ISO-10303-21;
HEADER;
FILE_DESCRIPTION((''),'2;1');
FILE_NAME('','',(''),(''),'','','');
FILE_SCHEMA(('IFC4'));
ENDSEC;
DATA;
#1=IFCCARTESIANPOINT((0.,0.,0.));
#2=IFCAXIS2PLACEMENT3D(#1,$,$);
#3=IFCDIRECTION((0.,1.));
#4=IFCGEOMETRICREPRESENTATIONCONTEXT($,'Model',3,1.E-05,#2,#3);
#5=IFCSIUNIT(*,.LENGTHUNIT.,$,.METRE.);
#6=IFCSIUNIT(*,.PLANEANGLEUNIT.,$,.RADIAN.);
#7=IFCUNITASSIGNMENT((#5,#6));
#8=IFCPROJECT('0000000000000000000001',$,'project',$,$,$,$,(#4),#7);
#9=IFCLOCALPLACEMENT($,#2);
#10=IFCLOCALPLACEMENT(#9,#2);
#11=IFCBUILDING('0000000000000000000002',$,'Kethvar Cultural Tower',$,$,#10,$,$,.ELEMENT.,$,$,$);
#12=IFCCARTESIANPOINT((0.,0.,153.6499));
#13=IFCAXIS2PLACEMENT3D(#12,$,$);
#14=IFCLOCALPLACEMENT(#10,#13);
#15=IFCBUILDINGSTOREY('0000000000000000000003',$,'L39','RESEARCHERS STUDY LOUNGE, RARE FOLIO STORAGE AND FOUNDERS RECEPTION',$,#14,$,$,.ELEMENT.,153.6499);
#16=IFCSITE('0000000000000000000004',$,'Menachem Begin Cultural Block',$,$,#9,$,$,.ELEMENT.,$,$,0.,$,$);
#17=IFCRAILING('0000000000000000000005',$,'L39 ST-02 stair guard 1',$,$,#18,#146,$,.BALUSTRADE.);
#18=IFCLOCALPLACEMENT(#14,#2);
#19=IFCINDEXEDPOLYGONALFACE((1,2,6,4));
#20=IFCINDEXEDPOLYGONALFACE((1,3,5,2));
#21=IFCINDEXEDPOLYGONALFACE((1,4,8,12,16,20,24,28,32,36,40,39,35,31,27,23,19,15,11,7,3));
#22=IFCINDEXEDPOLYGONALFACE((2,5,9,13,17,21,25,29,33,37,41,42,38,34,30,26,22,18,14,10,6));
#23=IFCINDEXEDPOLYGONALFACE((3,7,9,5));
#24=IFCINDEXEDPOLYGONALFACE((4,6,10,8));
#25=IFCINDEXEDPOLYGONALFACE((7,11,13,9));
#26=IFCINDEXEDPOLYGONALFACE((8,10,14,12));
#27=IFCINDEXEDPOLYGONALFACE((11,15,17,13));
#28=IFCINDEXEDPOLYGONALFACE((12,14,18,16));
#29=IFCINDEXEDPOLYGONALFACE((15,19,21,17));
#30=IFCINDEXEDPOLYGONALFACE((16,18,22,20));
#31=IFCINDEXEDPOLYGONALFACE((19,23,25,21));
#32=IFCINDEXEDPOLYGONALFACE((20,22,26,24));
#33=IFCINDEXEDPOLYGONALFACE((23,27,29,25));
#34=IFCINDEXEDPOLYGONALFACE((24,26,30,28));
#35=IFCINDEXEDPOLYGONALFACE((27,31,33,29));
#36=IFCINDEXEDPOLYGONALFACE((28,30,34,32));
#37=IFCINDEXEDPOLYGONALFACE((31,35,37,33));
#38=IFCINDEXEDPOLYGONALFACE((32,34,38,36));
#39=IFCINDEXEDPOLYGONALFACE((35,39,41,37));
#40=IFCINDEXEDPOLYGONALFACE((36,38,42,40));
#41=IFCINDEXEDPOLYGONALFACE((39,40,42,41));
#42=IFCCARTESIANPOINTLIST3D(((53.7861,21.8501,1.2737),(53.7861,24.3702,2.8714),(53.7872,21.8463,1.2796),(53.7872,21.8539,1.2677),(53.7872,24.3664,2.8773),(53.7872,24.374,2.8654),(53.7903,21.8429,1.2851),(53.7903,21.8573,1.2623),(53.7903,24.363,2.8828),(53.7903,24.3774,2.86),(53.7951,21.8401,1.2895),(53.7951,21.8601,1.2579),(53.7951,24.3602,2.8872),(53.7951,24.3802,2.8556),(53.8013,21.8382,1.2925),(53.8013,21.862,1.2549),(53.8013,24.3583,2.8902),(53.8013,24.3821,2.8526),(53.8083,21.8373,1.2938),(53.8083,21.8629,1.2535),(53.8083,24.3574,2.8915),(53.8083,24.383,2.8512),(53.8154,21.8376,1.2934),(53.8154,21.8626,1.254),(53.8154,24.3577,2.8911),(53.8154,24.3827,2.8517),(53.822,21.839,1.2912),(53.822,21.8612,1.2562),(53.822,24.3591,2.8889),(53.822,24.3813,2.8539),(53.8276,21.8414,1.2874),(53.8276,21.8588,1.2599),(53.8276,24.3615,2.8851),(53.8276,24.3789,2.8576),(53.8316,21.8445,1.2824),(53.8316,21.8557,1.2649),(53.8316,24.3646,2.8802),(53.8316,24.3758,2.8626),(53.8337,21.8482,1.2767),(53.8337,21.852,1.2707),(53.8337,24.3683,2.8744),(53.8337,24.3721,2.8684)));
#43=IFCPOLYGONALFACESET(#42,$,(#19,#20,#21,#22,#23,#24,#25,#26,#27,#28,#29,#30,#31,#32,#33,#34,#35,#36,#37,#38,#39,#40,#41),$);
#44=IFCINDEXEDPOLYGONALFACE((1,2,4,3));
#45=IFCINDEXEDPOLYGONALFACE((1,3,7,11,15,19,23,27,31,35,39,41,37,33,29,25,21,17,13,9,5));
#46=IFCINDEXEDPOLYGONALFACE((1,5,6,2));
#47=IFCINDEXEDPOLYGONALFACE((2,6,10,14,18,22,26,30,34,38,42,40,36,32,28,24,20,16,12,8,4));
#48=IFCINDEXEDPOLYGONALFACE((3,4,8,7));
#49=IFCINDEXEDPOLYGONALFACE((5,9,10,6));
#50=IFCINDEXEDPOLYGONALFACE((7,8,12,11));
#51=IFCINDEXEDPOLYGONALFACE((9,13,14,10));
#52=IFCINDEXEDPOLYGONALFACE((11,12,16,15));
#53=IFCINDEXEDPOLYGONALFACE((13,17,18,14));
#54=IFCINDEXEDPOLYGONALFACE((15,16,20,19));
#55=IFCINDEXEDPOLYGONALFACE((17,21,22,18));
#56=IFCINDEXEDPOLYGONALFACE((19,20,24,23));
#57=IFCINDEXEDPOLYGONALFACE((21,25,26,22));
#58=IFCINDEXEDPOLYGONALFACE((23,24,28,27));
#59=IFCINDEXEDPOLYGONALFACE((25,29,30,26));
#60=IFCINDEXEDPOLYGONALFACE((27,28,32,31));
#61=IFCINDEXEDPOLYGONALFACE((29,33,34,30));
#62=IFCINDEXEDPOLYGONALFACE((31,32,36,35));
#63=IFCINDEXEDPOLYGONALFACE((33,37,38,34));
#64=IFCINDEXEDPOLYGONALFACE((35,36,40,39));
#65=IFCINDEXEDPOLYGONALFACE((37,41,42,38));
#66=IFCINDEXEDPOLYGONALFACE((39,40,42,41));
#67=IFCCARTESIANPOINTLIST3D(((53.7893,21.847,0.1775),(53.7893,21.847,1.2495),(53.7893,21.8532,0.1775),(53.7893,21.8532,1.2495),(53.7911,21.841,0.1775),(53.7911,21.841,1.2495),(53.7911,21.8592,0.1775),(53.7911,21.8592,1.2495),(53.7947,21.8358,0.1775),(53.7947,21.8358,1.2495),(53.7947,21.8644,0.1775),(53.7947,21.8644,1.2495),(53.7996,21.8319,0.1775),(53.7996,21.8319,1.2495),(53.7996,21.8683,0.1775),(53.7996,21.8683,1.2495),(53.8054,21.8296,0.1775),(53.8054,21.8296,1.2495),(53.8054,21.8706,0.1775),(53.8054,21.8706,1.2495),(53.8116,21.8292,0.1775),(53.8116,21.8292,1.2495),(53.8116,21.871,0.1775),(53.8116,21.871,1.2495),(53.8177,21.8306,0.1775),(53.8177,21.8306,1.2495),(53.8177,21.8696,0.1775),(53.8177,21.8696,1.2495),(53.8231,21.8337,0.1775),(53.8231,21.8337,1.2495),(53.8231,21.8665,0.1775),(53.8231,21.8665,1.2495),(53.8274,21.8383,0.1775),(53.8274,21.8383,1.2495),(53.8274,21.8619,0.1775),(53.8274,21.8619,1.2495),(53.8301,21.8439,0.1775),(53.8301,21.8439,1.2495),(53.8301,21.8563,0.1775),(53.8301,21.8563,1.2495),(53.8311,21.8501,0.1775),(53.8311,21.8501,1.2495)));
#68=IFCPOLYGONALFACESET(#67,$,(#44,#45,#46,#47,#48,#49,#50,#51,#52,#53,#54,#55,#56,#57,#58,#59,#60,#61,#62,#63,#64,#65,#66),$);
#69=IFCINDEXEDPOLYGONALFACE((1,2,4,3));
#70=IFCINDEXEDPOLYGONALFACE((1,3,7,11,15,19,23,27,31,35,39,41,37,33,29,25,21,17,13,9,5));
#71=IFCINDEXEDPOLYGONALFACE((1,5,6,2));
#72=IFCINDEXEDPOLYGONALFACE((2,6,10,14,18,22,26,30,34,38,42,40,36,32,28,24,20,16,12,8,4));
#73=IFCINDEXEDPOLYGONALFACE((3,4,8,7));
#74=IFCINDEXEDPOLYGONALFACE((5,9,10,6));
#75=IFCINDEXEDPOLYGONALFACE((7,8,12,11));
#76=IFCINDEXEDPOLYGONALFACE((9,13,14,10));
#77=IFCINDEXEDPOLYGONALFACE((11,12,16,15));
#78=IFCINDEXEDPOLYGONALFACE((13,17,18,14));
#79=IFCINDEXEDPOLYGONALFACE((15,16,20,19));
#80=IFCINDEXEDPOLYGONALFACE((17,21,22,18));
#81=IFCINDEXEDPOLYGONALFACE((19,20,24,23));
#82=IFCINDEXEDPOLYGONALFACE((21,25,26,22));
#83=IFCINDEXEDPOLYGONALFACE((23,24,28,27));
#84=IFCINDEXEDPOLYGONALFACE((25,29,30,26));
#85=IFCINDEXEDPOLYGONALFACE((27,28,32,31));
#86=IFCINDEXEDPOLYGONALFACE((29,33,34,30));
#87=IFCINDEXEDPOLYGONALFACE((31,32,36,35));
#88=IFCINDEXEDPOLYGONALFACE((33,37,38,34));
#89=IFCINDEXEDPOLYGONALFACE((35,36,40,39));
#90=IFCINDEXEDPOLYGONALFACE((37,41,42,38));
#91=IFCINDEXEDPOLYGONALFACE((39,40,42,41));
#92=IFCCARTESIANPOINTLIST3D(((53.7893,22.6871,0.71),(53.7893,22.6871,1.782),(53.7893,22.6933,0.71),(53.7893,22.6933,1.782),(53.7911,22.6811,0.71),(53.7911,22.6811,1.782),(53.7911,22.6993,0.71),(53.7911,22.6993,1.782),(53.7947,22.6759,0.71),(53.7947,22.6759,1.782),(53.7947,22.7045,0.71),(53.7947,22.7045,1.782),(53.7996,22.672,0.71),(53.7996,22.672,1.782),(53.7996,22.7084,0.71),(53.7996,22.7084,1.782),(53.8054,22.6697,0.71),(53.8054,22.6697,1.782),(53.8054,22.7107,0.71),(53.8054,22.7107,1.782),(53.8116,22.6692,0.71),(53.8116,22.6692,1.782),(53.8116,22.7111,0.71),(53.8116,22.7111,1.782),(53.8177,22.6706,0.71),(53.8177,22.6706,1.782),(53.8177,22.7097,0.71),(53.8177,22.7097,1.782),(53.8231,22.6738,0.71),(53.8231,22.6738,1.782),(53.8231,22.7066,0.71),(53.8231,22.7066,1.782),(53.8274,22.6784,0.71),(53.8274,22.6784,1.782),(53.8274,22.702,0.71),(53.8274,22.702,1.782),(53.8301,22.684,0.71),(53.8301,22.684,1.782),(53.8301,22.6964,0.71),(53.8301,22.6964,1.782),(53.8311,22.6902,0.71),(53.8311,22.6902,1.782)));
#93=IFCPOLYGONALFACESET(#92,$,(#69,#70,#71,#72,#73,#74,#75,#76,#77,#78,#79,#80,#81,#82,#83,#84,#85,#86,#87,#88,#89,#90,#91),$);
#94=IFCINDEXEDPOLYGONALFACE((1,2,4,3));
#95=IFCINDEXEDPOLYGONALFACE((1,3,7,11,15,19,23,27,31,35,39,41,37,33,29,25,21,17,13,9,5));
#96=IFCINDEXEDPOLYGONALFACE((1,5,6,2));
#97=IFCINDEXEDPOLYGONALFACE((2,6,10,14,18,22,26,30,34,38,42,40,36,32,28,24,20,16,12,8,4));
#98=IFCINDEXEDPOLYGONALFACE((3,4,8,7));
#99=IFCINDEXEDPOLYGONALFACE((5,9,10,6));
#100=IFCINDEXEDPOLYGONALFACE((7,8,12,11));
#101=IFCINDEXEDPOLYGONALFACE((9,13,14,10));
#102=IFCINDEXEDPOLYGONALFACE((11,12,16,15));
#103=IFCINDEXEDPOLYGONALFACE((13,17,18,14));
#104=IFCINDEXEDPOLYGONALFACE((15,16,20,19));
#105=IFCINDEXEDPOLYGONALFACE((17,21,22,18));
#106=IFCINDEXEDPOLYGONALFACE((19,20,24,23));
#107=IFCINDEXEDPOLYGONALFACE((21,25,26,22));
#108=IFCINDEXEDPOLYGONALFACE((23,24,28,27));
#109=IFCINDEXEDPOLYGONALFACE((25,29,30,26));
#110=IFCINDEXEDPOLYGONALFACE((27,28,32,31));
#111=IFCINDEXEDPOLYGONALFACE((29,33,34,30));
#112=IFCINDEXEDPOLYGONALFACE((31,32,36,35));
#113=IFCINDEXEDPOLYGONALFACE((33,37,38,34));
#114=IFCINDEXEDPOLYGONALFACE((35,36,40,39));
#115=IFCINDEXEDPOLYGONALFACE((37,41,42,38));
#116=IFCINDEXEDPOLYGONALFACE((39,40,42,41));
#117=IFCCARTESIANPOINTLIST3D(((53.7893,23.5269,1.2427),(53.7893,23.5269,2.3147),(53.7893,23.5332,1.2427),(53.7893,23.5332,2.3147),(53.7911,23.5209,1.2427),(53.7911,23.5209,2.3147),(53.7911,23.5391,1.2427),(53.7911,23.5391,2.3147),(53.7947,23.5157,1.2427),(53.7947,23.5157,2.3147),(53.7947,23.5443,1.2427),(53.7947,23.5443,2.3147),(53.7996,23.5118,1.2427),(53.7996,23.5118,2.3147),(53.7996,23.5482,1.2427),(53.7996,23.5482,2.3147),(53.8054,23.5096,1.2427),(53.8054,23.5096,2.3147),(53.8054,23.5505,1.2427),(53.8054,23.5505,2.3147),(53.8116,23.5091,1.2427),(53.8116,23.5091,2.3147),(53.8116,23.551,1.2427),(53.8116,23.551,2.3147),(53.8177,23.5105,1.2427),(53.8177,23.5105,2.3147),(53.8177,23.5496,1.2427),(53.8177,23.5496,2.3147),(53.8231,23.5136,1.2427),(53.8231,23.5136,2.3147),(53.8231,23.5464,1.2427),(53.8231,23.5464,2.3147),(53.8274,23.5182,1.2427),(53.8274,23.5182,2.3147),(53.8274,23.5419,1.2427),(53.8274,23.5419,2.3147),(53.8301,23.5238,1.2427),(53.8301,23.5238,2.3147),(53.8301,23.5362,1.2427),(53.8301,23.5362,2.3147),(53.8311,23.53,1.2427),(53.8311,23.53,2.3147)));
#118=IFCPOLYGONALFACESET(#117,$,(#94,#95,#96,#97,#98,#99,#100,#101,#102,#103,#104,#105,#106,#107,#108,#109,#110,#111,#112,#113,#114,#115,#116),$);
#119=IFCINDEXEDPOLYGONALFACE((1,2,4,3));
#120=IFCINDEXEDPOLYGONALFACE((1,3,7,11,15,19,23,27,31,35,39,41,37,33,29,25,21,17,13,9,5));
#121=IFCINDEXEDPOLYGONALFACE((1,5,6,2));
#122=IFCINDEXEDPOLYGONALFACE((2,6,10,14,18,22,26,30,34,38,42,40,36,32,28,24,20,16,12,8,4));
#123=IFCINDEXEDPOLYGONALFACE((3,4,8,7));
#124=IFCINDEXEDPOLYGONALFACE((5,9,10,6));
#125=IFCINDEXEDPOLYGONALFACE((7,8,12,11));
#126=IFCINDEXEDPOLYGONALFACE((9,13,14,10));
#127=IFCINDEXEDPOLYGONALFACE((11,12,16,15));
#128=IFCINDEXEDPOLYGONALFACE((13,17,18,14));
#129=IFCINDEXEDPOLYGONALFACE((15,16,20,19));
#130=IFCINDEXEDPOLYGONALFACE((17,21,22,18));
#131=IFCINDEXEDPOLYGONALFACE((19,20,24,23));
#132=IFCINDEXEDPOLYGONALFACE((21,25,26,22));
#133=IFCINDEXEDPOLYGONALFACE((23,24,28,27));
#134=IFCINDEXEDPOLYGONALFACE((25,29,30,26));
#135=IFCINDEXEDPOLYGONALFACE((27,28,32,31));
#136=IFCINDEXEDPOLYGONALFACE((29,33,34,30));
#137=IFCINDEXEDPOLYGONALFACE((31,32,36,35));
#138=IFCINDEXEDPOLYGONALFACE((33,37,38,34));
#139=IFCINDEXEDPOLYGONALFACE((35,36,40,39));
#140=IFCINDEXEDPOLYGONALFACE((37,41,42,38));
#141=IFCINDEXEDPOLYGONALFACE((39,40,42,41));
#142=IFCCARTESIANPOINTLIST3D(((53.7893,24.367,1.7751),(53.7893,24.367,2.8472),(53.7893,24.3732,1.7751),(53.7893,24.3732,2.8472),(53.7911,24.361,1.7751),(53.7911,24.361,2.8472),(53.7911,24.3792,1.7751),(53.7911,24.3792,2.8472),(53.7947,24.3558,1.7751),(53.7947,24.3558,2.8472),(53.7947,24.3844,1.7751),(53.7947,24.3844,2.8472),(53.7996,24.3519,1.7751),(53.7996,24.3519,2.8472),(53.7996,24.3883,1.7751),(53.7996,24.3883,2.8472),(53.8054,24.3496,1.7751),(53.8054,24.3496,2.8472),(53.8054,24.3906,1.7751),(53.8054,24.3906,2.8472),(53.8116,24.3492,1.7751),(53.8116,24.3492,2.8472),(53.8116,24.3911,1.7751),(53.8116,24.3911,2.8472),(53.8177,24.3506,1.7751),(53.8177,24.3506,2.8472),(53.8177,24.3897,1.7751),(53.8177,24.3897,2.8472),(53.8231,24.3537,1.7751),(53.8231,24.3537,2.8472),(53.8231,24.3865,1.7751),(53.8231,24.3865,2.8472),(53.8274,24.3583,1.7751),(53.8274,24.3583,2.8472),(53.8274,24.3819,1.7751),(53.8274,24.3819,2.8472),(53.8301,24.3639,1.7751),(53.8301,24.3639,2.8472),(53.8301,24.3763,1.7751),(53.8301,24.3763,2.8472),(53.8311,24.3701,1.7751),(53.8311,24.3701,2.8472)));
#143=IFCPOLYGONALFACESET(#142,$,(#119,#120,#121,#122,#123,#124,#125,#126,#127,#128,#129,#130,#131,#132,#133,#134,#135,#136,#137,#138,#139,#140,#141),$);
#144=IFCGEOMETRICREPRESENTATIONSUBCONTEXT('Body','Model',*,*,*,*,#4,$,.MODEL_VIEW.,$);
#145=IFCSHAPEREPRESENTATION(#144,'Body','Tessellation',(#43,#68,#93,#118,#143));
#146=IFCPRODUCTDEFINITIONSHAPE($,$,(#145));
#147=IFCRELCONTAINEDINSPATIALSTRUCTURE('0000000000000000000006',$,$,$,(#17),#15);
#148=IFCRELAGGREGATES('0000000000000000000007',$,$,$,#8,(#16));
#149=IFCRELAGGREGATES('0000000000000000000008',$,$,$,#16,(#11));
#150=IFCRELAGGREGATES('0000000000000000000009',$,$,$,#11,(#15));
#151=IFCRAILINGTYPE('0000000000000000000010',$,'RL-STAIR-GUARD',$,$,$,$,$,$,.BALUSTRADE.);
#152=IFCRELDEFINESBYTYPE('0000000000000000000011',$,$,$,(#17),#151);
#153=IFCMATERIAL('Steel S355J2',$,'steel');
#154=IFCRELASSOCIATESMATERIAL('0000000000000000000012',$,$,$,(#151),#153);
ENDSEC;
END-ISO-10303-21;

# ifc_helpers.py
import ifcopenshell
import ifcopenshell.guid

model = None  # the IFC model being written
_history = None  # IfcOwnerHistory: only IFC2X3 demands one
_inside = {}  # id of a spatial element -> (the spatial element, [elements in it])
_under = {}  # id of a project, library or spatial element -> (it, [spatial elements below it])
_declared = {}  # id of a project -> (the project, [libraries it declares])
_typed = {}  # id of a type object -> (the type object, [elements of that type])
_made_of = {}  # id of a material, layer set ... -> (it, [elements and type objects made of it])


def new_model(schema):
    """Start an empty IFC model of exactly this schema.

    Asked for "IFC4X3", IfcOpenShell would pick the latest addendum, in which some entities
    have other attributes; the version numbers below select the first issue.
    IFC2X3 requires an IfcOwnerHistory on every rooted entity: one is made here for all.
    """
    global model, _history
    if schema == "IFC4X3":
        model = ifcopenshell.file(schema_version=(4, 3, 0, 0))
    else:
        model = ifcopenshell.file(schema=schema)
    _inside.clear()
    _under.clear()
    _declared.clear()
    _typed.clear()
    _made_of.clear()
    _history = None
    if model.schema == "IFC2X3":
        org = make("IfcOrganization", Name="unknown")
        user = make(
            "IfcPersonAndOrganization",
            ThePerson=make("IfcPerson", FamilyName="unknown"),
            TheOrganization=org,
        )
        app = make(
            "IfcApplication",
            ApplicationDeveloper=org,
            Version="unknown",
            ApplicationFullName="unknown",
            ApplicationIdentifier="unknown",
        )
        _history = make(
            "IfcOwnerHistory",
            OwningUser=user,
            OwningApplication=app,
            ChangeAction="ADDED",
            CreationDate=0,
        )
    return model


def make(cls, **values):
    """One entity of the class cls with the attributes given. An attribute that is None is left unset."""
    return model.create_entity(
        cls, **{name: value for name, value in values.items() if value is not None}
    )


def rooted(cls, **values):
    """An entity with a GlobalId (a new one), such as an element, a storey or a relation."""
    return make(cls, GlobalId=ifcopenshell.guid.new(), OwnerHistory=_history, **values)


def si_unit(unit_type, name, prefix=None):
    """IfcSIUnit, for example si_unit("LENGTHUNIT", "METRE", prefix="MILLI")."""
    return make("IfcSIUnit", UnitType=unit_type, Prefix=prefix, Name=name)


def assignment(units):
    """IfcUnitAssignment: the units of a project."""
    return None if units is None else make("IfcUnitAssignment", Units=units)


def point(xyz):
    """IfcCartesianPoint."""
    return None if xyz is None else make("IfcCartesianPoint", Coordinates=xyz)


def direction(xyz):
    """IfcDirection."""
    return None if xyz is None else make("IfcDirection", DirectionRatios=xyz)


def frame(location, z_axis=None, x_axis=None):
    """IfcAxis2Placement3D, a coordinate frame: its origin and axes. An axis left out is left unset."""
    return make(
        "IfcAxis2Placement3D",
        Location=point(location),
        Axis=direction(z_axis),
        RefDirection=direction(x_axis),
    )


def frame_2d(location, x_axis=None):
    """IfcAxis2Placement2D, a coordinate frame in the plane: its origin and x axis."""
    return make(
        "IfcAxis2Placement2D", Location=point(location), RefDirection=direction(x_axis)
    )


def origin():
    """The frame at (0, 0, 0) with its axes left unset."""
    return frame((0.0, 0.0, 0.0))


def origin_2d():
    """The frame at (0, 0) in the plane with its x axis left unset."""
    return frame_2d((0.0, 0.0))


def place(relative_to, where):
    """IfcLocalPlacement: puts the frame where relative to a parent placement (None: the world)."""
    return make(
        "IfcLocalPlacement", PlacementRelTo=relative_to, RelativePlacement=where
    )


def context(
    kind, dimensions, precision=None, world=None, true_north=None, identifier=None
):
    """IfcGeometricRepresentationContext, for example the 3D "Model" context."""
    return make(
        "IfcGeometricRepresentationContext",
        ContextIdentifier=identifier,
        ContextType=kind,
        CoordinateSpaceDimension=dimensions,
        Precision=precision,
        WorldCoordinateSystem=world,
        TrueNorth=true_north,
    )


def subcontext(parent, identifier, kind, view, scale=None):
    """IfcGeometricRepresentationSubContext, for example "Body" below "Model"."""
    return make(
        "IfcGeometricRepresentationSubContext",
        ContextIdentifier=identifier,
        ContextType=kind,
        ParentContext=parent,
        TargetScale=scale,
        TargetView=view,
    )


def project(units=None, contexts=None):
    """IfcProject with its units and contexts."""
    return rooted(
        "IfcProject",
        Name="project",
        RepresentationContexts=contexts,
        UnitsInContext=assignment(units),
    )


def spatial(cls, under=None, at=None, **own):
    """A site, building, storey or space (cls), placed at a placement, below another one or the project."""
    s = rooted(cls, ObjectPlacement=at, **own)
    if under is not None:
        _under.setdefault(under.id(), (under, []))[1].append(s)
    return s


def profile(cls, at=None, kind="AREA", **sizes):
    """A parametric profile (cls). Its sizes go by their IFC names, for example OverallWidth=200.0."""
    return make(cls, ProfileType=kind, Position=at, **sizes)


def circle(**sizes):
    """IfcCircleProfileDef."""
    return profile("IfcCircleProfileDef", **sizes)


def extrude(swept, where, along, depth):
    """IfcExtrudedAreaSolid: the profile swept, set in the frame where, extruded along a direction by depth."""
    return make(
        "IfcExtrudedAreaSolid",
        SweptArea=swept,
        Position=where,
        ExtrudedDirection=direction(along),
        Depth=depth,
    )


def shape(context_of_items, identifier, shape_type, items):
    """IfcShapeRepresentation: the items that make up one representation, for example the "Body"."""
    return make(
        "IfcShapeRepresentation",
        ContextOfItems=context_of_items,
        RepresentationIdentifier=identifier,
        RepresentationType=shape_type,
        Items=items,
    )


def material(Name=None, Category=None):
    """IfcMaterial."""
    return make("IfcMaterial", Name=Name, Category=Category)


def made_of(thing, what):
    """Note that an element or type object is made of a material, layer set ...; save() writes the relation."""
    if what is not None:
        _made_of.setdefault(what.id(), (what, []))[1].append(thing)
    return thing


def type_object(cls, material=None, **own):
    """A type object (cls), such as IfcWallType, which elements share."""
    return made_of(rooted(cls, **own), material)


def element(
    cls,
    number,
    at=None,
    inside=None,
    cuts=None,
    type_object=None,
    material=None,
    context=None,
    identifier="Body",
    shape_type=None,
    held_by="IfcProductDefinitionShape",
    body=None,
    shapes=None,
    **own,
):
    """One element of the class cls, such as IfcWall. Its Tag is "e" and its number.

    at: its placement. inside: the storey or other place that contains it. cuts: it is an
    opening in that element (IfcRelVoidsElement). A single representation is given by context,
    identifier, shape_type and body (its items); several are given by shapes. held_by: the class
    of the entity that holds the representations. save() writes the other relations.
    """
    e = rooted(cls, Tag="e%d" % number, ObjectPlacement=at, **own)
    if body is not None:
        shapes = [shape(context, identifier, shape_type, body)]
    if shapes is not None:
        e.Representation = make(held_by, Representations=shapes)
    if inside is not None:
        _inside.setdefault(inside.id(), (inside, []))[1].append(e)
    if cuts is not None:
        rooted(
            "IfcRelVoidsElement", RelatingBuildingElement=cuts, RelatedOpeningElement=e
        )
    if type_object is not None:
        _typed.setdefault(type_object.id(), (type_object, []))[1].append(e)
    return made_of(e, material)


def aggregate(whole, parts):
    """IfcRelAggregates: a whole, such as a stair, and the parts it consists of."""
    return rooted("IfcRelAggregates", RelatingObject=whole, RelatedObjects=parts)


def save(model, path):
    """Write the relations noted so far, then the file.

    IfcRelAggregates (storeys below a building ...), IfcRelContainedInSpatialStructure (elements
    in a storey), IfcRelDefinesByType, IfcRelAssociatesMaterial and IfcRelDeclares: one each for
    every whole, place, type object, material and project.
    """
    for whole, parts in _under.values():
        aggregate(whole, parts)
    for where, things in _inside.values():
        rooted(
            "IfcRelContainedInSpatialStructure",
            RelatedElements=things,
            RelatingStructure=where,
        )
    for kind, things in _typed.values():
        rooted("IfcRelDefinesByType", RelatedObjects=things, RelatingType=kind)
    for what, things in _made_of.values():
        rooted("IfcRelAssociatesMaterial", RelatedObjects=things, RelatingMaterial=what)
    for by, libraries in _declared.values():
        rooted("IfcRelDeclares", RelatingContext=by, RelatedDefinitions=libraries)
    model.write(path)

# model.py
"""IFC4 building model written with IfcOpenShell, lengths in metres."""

from ifc_helpers import new_model, si_unit, direction, frame, origin, origin_2d, place, context, subcontext, project, spatial, circle, extrude, material, type_object, element, save


model = new_model("IFC4")

# Units and contexts
model_context = context("Model", 3, precision=1e-05, world=origin(), true_north=direction((0.0, 1.0)))
body_context = subcontext(model_context, "Body", "Model", "MODEL_VIEW")
ifc_project = project(units=[si_unit("LENGTHUNIT", "METRE"), si_unit("PLANEANGLEUNIT", "RADIAN")], contexts=[model_context])

# Site, building, storey
site_placement = place(None, origin())
site = spatial("IfcSite", under=ifc_project, at=site_placement, Name="Menachem Begin Cultural Block", CompositionType="ELEMENT", RefElevation=0.0)
building_placement = place(site_placement, origin())
building = spatial("IfcBuilding", under=site, at=building_placement, Name="Kethvar Cultural Tower", CompositionType="ELEMENT")
storey_placement = place(building_placement, frame((0.0, 0.0, 153.6499)))
storey = spatial("IfcBuildingStorey", under=building, at=storey_placement, Name="L39", Description="RESEARCHERS STUDY LOUNGE, RARE FOLIO STORAGE AND FOUNDERS RECEPTION", CompositionType="ELEMENT", Elevation=153.6499)

# Shared definitions
ifc_material_1 = material(Name="Steel S355J2", Category="steel")

# Railing
railing_type_1 = type_object("IfcRailingType", Name="RL-STAIR-GUARD", PredefinedType="BALUSTRADE", material=ifc_material_1)
railing_1_placement = place(storey_placement, frame((53.8101, 21.8501, 0.1775)))
element("IfcRailing", 1, at=railing_1_placement, inside=storey, type_object=railing_type_1, Name="L39 ST-02 stair guard 1", PredefinedType="BALUSTRADE", context=body_context, shape_type="SweptSolid", body=[
    extrude(circle(Radius=0.0239, at=origin_2d()), frame((0.0, 0.0, 1.0962), z_axis=(0.0, 0.84457, 0.535445), x_axis=(-1.0, 0.0, 0.0)), (0.0, 0.0, 1.0), 2.9839),
    extrude(circle(Radius=0.021, at=origin_2d()), origin(), (0.0, 0.0, 1.0), 1.072),
    extrude(circle(Radius=0.021, at=origin_2d()), frame((0.0, 0.8401, 0.5325)), (0.0, 0.0, 1.0), 1.072),
    extrude(circle(Radius=0.021, at=origin_2d()), frame((0.0, 1.6799, 1.0652)), (0.0, 0.0, 1.0), 1.072),
    extrude(circle(Radius=0.021, at=origin_2d()), frame((0.0, 2.52, 1.5977)), (0.0, 0.0, 1.0), 1.072),
])

save(model, "model.ifc")
